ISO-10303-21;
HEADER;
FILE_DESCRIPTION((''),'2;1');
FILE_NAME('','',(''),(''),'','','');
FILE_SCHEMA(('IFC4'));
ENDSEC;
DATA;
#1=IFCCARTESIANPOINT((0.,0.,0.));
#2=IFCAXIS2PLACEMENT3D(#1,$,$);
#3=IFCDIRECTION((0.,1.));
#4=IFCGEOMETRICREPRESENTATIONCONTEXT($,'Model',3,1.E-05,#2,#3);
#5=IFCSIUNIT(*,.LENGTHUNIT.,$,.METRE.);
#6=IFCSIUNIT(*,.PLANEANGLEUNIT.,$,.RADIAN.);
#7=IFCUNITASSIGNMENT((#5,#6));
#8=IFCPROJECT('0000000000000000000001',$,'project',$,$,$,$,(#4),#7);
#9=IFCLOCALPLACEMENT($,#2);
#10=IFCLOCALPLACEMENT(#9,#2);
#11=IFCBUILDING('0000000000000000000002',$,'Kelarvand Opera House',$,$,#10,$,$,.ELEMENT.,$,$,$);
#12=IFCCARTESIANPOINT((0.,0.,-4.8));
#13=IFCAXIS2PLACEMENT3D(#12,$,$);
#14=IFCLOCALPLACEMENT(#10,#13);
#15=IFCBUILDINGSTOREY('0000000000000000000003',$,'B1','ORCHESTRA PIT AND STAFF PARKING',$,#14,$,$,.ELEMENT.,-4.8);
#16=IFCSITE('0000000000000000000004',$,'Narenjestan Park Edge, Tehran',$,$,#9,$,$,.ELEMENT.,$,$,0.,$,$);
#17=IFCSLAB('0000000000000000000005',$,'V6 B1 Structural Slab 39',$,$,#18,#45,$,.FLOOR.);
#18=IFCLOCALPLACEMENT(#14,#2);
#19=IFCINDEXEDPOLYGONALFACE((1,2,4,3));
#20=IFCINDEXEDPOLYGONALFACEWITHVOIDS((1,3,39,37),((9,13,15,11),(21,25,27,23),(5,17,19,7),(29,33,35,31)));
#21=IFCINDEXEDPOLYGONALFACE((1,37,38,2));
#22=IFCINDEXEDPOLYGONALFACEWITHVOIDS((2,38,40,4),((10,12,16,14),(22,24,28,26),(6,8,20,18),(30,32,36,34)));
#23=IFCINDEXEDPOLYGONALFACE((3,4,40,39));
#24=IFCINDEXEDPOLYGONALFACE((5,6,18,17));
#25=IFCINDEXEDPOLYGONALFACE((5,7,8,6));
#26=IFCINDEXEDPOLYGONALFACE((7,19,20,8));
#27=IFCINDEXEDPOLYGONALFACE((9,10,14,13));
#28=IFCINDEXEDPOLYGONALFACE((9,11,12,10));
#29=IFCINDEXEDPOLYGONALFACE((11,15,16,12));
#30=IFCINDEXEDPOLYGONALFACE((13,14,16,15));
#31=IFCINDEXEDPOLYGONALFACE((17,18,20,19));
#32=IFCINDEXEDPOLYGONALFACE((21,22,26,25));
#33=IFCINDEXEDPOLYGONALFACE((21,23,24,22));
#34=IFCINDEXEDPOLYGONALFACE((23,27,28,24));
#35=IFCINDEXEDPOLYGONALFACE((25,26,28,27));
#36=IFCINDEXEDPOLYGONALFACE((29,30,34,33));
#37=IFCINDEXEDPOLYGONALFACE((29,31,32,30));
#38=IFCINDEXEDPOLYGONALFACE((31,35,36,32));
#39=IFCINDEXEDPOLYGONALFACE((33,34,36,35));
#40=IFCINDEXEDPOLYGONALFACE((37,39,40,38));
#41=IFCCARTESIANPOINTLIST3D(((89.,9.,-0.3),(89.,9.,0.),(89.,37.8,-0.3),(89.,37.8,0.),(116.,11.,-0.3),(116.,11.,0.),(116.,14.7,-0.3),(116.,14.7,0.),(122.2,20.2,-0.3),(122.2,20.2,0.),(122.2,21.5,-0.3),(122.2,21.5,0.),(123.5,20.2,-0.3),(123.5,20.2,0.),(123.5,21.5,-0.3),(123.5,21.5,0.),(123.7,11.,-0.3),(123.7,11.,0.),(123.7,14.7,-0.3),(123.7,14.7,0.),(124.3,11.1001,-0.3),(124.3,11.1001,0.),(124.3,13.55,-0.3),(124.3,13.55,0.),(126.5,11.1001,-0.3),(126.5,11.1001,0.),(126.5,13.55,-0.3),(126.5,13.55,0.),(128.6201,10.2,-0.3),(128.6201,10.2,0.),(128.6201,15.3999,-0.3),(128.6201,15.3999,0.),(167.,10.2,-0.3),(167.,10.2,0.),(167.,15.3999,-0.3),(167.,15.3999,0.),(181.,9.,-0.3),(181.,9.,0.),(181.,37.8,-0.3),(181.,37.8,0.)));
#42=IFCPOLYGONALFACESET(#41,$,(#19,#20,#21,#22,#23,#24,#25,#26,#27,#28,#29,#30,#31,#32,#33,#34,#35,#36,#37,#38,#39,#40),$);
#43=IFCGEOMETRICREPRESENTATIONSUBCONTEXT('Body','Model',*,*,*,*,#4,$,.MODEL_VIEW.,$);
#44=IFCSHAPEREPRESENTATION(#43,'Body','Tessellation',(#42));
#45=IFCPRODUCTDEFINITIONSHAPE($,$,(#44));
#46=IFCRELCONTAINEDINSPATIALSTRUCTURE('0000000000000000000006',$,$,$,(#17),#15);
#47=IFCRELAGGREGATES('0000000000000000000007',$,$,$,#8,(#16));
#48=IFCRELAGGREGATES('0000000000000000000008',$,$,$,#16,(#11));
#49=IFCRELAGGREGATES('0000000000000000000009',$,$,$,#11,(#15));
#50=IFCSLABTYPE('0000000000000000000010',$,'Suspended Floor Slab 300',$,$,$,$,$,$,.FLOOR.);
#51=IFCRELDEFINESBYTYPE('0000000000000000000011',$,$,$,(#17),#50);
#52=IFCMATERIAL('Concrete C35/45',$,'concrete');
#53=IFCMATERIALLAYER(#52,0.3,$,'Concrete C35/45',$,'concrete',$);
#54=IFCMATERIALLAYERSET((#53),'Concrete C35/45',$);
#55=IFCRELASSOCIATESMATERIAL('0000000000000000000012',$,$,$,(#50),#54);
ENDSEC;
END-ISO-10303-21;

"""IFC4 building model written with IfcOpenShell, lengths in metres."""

from ifc_helpers import new_model, si_unit, direction, frame, origin, place, context, subcontext, project, spatial, polyline, outline, extrude, material, layer, layer_set, type_object, element, save


model = new_model("IFC4")

# Units and contexts
model_context = context("Model", 3, precision=1e-05, world=origin(), true_north=direction((0.0, 1.0)))
body_context = subcontext(model_context, "Body", "Model", "MODEL_VIEW")
ifc_project = project(units=[si_unit("LENGTHUNIT", "METRE"), si_unit("PLANEANGLEUNIT", "RADIAN")], contexts=[model_context])

# Site, building, storey
site_placement = place(None, origin())
site = spatial("IfcSite", under=ifc_project, at=site_placement, Name="Narenjestan Park Edge, Tehran", CompositionType="ELEMENT", RefElevation=0.0)
building_placement = place(site_placement, origin())
building = spatial("IfcBuilding", under=site, at=building_placement, Name="Kelarvand Opera House", CompositionType="ELEMENT")
storey_placement = place(building_placement, frame((0.0, 0.0, -4.8)))
storey = spatial("IfcBuildingStorey", under=building, at=storey_placement, Name="B1", Description="ORCHESTRA PIT AND STAFF PARKING", CompositionType="ELEMENT", Elevation=-4.8)

# Shared definitions
ifc_material = material(Name="Concrete C35/45", Category="concrete")

# Slab
ifc_layer_1 = layer(ifc_material, 0.3, Name="Concrete C35/45", Category="concrete")
ifc_layer_set_1 = layer_set([ifc_layer_1], Name="Concrete C35/45")
slab_type_1 = type_object("IfcSlabType", Name="Suspended Floor Slab 300", PredefinedType="FLOOR", material=ifc_layer_set_1)
slab_1_placement = place(storey_placement, frame((0.0, 0.0, -0.3)))
element("IfcSlab", 1, at=slab_1_placement, inside=storey, type_object=slab_type_1, Name="V6 B1 Structural Slab 39", PredefinedType="FLOOR", context=body_context, shape_type="SweptSolid", body=[
    extrude(outline(polyline([(181.0, 9.0), (181.0, 37.8), (89.0, 37.8), (89.0, 9.0), (181.0, 9.0)]), holes=[polyline([(124.3, 13.55), (126.5, 13.55), (126.5, 11.1001), (124.3, 11.1001), (124.3, 13.55)]), polyline([(128.6201, 15.3999), (167.0, 15.3999), (167.0, 10.2), (128.6201, 10.2), (128.6201, 15.3999)]), polyline([(123.7, 14.7), (123.7, 11.0), (116.0, 11.0), (116.0, 14.7), (123.7, 14.7)]), polyline([(123.5, 21.5), (123.5, 20.2), (122.2, 20.2), (122.2, 21.5), (123.5, 21.5)])]), origin(), (0.0, 0.0, 1.0), 0.3),
])

save(model, "model.ifc")
